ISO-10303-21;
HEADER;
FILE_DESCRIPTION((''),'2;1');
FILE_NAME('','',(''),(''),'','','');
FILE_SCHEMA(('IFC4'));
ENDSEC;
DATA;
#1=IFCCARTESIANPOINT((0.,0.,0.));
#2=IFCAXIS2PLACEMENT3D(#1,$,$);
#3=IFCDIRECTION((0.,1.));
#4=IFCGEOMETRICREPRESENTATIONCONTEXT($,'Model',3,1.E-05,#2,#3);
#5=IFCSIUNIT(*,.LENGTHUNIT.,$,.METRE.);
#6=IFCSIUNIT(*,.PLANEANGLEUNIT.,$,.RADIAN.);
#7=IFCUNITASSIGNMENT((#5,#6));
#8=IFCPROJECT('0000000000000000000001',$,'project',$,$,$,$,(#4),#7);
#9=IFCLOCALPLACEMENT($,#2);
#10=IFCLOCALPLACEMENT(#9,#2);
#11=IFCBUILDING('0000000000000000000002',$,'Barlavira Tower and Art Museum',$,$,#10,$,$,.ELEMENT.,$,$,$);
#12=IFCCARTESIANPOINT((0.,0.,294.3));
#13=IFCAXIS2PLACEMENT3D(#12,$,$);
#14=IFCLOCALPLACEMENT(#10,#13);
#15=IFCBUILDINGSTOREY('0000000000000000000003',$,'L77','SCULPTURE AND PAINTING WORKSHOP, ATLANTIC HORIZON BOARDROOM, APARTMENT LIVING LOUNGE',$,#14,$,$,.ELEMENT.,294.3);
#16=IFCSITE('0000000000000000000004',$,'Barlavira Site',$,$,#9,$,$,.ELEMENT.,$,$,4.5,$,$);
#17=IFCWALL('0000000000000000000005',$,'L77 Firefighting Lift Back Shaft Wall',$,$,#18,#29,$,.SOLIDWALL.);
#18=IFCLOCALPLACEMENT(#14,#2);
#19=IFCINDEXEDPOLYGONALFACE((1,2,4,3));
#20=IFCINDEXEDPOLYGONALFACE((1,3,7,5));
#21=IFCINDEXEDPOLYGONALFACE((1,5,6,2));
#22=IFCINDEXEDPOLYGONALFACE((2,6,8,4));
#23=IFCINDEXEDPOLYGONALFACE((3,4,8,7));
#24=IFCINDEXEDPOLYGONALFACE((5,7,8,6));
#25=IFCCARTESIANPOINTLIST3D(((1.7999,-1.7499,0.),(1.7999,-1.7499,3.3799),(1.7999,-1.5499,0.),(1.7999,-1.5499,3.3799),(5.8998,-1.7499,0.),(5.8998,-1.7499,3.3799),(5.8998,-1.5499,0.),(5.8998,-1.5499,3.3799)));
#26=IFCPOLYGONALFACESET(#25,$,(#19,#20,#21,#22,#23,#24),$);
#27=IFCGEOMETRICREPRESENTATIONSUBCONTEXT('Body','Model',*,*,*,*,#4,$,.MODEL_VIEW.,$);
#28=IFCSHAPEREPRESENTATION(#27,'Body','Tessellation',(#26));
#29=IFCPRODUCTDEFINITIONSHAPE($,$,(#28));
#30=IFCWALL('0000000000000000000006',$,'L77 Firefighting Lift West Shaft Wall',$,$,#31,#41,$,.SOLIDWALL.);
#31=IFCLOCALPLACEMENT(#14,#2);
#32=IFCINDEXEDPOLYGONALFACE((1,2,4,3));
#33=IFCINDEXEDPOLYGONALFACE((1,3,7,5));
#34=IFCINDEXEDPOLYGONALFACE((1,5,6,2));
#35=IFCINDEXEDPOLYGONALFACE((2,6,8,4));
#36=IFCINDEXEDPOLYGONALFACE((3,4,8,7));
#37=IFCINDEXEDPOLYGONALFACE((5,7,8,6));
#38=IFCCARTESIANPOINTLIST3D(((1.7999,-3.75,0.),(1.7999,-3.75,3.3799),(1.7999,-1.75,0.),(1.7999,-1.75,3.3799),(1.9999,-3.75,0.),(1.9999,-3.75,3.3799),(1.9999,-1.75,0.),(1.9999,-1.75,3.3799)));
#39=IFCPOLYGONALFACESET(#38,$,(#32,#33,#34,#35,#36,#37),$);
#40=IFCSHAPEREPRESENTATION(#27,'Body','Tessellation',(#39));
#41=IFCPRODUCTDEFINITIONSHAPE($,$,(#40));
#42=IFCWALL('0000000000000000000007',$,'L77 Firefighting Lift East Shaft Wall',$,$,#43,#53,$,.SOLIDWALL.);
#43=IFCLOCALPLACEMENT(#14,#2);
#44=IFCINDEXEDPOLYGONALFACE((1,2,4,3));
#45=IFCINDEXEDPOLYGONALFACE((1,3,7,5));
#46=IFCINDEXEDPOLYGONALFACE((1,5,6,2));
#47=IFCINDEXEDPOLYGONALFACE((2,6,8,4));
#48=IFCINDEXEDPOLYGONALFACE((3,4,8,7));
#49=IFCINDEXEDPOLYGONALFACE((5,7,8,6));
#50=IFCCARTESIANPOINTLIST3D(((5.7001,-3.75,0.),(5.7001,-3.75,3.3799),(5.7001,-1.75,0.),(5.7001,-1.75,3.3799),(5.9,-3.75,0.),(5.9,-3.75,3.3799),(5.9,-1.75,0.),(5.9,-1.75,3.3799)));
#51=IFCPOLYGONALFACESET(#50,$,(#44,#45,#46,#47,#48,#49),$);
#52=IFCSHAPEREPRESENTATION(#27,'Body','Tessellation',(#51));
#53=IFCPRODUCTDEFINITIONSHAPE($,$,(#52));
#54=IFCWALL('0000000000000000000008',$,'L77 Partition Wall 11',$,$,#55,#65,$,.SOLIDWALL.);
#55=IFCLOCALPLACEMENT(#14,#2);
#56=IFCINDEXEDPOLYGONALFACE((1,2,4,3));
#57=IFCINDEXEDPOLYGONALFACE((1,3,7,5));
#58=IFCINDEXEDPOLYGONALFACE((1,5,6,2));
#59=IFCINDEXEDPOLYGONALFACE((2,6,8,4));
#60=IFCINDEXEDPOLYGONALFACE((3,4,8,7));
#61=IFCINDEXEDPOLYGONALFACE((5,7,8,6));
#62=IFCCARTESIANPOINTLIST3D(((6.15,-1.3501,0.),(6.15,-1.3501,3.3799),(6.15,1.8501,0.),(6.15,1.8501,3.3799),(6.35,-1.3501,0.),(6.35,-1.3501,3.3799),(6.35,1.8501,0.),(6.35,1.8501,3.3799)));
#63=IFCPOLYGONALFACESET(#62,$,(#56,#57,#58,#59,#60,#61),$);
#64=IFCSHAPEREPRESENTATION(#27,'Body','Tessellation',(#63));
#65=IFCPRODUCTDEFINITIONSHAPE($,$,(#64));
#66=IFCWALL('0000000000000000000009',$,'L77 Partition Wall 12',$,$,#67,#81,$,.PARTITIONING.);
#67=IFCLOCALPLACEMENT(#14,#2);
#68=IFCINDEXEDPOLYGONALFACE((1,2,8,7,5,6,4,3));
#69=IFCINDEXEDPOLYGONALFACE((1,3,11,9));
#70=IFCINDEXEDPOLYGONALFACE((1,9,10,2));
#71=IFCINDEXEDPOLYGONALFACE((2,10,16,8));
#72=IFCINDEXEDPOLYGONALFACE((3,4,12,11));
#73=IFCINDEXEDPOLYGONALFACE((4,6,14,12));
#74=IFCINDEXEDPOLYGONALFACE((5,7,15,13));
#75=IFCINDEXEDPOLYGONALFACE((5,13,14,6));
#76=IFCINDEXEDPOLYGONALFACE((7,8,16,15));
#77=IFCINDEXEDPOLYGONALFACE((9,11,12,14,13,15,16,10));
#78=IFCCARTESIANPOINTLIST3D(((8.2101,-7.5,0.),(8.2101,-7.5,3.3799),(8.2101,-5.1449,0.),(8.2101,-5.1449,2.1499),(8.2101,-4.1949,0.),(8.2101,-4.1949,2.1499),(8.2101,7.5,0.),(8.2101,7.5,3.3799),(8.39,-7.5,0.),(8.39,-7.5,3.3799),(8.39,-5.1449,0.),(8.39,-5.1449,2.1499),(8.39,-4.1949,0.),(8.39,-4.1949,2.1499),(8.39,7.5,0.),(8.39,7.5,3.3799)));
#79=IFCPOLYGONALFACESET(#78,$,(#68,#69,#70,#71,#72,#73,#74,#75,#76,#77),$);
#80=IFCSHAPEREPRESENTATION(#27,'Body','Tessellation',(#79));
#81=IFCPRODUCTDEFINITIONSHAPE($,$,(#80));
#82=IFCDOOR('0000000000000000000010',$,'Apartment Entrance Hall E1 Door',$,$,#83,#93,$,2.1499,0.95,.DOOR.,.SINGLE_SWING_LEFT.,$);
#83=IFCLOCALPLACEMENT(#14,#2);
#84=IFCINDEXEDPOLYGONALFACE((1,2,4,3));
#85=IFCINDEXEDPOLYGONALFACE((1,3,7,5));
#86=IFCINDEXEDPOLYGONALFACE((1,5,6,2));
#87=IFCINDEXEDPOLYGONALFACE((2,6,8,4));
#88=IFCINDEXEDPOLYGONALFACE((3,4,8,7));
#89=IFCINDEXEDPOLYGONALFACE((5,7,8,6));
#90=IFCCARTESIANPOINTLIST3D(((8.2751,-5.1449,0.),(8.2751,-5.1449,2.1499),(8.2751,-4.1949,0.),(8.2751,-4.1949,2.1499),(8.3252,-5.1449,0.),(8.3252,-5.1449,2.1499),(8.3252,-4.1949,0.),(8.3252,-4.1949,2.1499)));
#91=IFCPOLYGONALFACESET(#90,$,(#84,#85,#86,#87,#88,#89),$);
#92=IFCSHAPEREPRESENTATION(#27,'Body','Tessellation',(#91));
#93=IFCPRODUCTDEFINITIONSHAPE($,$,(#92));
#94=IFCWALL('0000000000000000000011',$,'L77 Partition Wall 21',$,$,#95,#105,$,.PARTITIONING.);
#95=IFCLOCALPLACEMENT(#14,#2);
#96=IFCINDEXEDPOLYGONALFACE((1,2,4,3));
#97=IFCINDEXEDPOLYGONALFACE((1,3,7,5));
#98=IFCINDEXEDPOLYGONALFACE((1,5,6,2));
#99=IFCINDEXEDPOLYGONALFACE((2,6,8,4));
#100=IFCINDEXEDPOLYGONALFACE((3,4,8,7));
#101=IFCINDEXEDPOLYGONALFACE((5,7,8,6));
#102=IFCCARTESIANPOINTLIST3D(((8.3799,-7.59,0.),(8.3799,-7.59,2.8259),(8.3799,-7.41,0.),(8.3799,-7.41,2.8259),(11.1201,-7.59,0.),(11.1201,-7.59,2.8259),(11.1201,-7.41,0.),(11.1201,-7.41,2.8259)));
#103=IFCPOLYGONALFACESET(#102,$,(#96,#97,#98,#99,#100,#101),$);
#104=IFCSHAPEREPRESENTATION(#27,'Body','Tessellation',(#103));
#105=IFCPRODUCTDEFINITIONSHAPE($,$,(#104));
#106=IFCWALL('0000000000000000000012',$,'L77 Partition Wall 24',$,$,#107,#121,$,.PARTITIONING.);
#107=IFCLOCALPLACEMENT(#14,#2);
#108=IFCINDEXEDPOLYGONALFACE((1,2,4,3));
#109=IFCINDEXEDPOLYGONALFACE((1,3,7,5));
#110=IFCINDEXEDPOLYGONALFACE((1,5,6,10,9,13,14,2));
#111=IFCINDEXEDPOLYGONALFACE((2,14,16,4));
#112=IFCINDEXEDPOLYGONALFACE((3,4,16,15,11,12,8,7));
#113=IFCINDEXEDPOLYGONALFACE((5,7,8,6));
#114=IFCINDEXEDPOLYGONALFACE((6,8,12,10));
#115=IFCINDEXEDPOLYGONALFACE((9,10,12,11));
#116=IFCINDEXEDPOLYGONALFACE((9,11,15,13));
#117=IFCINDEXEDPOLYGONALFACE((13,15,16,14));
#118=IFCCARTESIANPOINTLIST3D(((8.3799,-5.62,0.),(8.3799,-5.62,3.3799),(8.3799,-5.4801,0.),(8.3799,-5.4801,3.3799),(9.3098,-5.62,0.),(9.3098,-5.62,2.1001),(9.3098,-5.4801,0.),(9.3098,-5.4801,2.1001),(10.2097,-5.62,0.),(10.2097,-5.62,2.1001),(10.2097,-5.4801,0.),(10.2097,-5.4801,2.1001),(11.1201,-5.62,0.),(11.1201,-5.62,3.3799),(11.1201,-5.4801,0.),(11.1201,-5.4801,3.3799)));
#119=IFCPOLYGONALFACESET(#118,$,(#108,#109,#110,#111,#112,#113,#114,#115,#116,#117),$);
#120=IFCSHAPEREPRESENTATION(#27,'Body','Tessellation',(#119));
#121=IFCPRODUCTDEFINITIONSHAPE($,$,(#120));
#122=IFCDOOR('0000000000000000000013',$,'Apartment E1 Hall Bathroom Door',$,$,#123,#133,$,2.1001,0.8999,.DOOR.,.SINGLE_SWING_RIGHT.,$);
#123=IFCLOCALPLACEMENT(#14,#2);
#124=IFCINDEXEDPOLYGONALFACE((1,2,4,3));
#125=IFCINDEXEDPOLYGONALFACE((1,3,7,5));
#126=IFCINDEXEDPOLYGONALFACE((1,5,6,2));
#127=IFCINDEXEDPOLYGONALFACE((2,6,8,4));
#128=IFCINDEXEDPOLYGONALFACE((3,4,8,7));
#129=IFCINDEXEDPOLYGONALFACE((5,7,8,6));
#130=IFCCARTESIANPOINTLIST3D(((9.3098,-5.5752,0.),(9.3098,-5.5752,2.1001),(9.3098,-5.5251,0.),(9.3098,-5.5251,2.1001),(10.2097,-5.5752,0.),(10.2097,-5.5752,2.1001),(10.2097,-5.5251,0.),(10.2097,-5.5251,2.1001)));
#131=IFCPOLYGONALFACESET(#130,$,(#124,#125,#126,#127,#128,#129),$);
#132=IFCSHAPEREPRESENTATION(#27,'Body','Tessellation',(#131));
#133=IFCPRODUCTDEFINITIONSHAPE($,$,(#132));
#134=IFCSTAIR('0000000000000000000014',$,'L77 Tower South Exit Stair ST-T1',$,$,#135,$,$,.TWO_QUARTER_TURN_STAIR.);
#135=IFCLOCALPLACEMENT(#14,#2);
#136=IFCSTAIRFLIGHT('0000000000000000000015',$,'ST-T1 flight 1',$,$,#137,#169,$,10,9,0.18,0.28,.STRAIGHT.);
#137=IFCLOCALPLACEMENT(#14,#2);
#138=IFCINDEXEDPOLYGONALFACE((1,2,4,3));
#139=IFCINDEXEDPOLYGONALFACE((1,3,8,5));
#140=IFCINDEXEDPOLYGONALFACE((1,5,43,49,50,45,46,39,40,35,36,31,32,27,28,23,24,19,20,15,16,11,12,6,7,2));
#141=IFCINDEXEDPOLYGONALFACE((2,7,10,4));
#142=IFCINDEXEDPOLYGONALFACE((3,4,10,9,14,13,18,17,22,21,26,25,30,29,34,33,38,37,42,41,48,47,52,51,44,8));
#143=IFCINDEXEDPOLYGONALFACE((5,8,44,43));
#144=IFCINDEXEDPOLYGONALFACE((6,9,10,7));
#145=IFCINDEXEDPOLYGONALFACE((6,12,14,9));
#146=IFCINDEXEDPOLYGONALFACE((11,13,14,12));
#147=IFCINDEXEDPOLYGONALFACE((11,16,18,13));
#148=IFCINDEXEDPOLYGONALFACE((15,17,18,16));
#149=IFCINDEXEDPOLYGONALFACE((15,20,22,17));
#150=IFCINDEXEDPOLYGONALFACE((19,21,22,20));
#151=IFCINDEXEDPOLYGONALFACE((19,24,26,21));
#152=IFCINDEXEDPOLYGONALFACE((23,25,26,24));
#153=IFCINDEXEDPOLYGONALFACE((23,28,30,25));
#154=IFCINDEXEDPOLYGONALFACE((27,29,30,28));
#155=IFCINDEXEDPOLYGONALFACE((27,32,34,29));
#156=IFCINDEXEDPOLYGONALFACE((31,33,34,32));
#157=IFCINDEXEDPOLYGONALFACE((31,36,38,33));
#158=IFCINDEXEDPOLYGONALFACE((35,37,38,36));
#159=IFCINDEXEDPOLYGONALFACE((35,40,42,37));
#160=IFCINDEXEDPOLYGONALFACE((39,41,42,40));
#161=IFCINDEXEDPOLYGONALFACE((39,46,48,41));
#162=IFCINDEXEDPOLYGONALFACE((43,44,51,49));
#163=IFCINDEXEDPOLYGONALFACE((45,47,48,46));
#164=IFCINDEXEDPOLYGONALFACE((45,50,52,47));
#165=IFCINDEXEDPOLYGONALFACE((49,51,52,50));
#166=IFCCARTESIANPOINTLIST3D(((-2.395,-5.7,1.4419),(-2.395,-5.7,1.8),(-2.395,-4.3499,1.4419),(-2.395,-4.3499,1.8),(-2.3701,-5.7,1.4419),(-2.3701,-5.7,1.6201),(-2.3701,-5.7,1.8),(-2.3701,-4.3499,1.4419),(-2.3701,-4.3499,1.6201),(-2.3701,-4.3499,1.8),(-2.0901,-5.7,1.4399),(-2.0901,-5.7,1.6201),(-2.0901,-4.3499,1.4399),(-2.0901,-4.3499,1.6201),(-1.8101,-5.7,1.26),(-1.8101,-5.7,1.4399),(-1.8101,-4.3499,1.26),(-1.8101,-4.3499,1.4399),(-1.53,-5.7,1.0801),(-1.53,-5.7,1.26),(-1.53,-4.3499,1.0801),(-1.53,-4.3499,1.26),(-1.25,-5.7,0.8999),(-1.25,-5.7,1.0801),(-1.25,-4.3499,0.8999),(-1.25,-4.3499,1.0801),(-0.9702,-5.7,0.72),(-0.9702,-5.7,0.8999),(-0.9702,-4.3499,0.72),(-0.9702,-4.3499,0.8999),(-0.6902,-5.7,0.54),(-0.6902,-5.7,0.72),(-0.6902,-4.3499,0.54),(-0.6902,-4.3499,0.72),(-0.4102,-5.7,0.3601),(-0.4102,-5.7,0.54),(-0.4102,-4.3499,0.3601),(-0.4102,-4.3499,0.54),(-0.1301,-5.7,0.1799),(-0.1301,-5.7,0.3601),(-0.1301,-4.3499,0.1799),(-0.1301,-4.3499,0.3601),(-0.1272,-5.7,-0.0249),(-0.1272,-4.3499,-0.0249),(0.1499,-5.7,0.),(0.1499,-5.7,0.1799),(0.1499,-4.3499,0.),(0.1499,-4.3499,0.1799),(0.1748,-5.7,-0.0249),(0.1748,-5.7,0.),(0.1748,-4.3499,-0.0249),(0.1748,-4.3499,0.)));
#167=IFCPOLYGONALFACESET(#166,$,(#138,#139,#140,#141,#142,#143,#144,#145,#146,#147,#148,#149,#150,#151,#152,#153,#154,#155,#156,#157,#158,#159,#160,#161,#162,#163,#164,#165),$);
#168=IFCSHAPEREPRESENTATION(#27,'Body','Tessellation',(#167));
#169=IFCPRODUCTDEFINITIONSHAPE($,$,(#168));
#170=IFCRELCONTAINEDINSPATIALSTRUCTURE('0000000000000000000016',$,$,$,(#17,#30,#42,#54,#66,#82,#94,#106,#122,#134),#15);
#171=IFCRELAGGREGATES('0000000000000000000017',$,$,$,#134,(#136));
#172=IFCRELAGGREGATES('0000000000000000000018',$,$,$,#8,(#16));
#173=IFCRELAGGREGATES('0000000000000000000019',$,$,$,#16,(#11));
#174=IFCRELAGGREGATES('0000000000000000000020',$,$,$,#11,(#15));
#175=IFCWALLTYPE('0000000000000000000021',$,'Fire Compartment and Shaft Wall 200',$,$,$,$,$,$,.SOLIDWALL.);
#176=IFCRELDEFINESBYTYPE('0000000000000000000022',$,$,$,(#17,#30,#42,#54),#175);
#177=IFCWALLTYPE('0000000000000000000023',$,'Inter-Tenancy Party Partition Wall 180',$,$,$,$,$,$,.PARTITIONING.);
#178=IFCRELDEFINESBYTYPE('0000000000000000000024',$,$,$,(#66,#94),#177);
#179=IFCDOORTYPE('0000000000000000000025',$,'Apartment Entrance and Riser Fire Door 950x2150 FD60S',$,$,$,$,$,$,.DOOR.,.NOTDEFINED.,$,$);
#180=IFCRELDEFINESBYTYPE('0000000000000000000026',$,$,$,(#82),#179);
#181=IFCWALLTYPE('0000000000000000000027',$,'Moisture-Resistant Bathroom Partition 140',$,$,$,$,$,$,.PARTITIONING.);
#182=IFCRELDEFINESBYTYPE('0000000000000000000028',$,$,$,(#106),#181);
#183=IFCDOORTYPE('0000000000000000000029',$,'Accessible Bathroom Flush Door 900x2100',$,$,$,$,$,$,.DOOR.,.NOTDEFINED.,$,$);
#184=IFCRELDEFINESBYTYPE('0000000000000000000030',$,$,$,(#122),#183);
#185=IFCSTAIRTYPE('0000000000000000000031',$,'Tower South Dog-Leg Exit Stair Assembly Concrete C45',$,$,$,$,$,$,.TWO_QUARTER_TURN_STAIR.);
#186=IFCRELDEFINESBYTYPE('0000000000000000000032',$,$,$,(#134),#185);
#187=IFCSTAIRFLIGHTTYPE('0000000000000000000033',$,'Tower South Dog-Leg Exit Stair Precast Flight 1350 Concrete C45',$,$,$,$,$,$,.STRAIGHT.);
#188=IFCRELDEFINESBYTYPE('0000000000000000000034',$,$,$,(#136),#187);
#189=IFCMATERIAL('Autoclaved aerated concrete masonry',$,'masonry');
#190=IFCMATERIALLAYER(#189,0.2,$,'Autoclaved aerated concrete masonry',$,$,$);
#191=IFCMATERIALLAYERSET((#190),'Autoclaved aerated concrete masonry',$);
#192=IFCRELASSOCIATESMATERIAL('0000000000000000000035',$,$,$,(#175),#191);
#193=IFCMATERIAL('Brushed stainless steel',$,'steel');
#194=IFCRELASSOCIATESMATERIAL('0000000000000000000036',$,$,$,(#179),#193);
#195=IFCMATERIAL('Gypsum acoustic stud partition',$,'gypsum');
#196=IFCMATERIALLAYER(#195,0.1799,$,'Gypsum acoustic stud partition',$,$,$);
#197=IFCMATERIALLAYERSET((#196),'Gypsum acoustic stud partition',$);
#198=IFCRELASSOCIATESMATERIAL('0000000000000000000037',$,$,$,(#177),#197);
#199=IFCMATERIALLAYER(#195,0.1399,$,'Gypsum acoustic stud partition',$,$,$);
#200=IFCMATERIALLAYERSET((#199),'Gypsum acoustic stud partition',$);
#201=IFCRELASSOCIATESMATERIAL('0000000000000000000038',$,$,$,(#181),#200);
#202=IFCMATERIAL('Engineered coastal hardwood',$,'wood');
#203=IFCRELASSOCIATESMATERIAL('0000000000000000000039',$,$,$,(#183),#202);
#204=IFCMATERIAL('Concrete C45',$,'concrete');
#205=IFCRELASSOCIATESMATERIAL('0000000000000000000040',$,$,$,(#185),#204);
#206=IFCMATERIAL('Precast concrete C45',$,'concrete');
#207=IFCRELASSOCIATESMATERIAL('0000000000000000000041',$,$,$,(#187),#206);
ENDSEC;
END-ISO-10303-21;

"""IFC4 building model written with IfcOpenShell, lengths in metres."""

from ifc_helpers import new_model, si_unit, direction, frame, frame_2d, origin, place, context, subcontext, project, spatial, polyline, rectangle, outline, extrude, material, layer, layer_set, type_object, element, fill, aggregate, save


model = new_model("IFC4")

# Units and contexts
model_context = context("Model", 3, precision=1e-05, world=origin(), true_north=direction((0.0, 1.0)))
body_context = subcontext(model_context, "Body", "Model", "MODEL_VIEW")
ifc_project = project(units=[si_unit("LENGTHUNIT", "METRE"), si_unit("PLANEANGLEUNIT", "RADIAN")], contexts=[model_context])

# Site, building, storey
site_placement = place(None, origin())
site = spatial("IfcSite", under=ifc_project, at=site_placement, Name="Barlavira Site", CompositionType="ELEMENT", RefElevation=4.5)
building_placement = place(site_placement, origin())
building = spatial("IfcBuilding", under=site, at=building_placement, Name="Barlavira Tower and Art Museum", CompositionType="ELEMENT")
storey_placement = place(building_placement, frame((0.0, 0.0, 294.3)))
storey = spatial("IfcBuildingStorey", under=building, at=storey_placement, Name="L77", Description="SCULPTURE AND PAINTING WORKSHOP, ATLANTIC HORIZON BOARDROOM, APARTMENT LIVING LOUNGE", CompositionType="ELEMENT", Elevation=294.3)

# Shared definitions
ifc_material_1 = material(Name="Brushed stainless steel", Category="steel")

# Shared definitions
ifc_material_2 = material(Name="Autoclaved aerated concrete masonry", Category="masonry")
ifc_layer_1 = layer(ifc_material_2, 0.2, Name="Autoclaved aerated concrete masonry")
ifc_layer_set_1 = layer_set([ifc_layer_1], Name="Autoclaved aerated concrete masonry")
wall_type_1 = type_object("IfcWallType", Name="Fire Compartment and Shaft Wall 200", PredefinedType="SOLIDWALL", material=ifc_layer_set_1)

# Walls
wall_1_placement = place(storey_placement, frame((1.8, -1.6499, 0.0), z_axis=(0.0, 0.0, 1.0), x_axis=(1.0, 0.0, 0.0)))
element("IfcWall", 1, at=wall_1_placement, inside=storey, type_object=wall_type_1, Name="L77 Firefighting Lift Back Shaft Wall", PredefinedType="SOLIDWALL", context=body_context, shape_type="SweptSolid", body=[
    extrude(rectangle(XDim=4.0999, YDim=0.2, at=frame_2d((2.0498, 0.0))), origin(), (0.0, 0.0, 1.0), 3.3799),
])
for number, where, z_axis, x_axis, name in (
    (2, (1.8999, -3.75, 0.0), (0.0, 0.0, 1.0), (0.0, 1.0, 0.0), "L77 Firefighting Lift West Shaft Wall"),
    (3, (5.8, -3.75, 0.0), (0.0, 0.0, 1.0), (0.0, 1.0, 0.0), "L77 Firefighting Lift East Shaft Wall"),
):
    element("IfcWall", number, at=place(storey_placement, frame(where, z_axis=z_axis, x_axis=x_axis)), inside=storey, type_object=wall_type_1, Name=name, PredefinedType="SOLIDWALL", context=body_context, shape_type="SweptSolid", body=[
        extrude(rectangle(XDim=2.0, YDim=0.2, at=frame_2d((1.0, 0.0))), origin(), (0.0, 0.0, 1.0), 3.3799),
    ])

# Shared definitions
door_type_1 = type_object("IfcDoorType", Name="Apartment Entrance and Riser Fire Door 950x2150 FD60S", OperationType="NOTDEFINED", PredefinedType="DOOR", material=ifc_material_1)

# Wall
wall_2_placement = place(storey_placement, frame((6.25, -1.3501, 0.0), z_axis=(0.0, 0.0, 1.0), x_axis=(0.0, 1.0, 0.0)))
element("IfcWall", 4, at=wall_2_placement, inside=storey, type_object=wall_type_1, Name="L77 Partition Wall 11", PredefinedType="SOLIDWALL", context=body_context, shape_type="SweptSolid", body=[
    extrude(rectangle(XDim=3.2002, YDim=0.2, at=frame_2d((1.6001, 0.0))), origin(), (0.0, 0.0, 1.0), 3.3799),
])

# Wall, opening, door
ifc_material_3 = material(Name="Gypsum acoustic stud partition", Category="gypsum")
ifc_layer_2 = layer(ifc_material_3, 0.1799, Name="Gypsum acoustic stud partition")
ifc_layer_set_2 = layer_set([ifc_layer_2], Name="Gypsum acoustic stud partition")
wall_type_2 = type_object("IfcWallType", Name="Inter-Tenancy Party Partition Wall 180", PredefinedType="PARTITIONING", material=ifc_layer_set_2)
wall_3_placement = place(storey_placement, frame((8.3, -7.5, 0.0), z_axis=(0.0, 0.0, 1.0), x_axis=(0.0, 1.0, 0.0)))
wall_3 = element("IfcWall", 5, at=wall_3_placement, inside=storey, type_object=wall_type_2, Name="L77 Partition Wall 12", PredefinedType="PARTITIONING", context=body_context, shape_type="SweptSolid", body=[
    extrude(rectangle(XDim=15.0, YDim=0.1799, at=frame_2d((7.5, 0.0))), origin(), (0.0, 0.0, 1.0), 3.3799),
])
opening_1_placement = place(wall_3_placement, frame((2.355, 0.0, 0.0)))
opening_1 = element("IfcOpeningElement", 6, at=opening_1_placement, cuts=wall_3, PredefinedType="OPENING", context=body_context, shape_type="SweptSolid", body=[
    extrude(rectangle(XDim=0.95, YDim=2.1499, at=frame_2d((0.4751, 1.075))), frame((0.0, 0.1001, 0.0), z_axis=(0.0, -1.0, 0.0), x_axis=(1.0, 0.0, 0.0)), (0.0, 0.0, 1.0), 0.2),
])
door_1_placement = place(opening_1_placement, origin())
door_1 = element("IfcDoor", 7, at=door_1_placement, inside=storey, type_object=door_type_1, Name="Apartment Entrance Hall E1 Door", OperationType="SINGLE_SWING_LEFT", OverallHeight=2.1499, OverallWidth=0.95, PredefinedType="DOOR", context=body_context, shape_type="SweptSolid", body=[
    extrude(rectangle(XDim=0.95, YDim=2.1499, at=frame_2d((0.4751, 1.075))), frame((0.0, 0.0249, 0.0), z_axis=(0.0, -1.0, 0.0), x_axis=(1.0, 0.0, 0.0)), (0.0, 0.0, 1.0), 0.05),
])
fill(opening_1, door_1)

# Wall
wall_4_placement = place(storey_placement, frame((8.3799, -7.5, 0.0), z_axis=(0.0, 0.0, 1.0), x_axis=(1.0, 0.0, 0.0)))
element("IfcWall", 8, at=wall_4_placement, inside=storey, type_object=wall_type_2, Name="L77 Partition Wall 21", PredefinedType="PARTITIONING", context=body_context, shape_type="SweptSolid", body=[
    extrude(rectangle(XDim=2.7402, YDim=0.1799, at=frame_2d((1.3701, 0.0))), origin(), (0.0, 0.0, 1.0), 2.8259),
])

# Wall, opening, door
ifc_layer_3 = layer(ifc_material_3, 0.1399, Name="Gypsum acoustic stud partition")
ifc_layer_set_3 = layer_set([ifc_layer_3], Name="Gypsum acoustic stud partition")
wall_type_3 = type_object("IfcWallType", Name="Moisture-Resistant Bathroom Partition 140", PredefinedType="PARTITIONING", material=ifc_layer_set_3)
wall_5_placement = place(storey_placement, frame((8.3799, -5.55, 0.0), z_axis=(0.0, 0.0, 1.0), x_axis=(1.0, 0.0, 0.0)))
wall_5 = element("IfcWall", 9, at=wall_5_placement, inside=storey, type_object=wall_type_3, Name="L77 Partition Wall 24", PredefinedType="PARTITIONING", context=body_context, shape_type="SweptSolid", body=[
    extrude(rectangle(XDim=2.7402, YDim=0.1399, at=frame_2d((1.3701, 0.0))), origin(), (0.0, 0.0, 1.0), 3.3799),
])
opening_2_placement = place(wall_5_placement, frame((0.9299, 0.0, 0.0)))
opening_2 = element("IfcOpeningElement", 10, at=opening_2_placement, cuts=wall_5, PredefinedType="OPENING", context=body_context, shape_type="SweptSolid", body=[
    extrude(rectangle(XDim=0.8999, YDim=2.1001, at=frame_2d((0.45, 1.05))), frame((0.0, 0.0801, 0.0), z_axis=(0.0, -1.0, 0.0), x_axis=(1.0, 0.0, 0.0)), (0.0, 0.0, 1.0), 0.1599),
])
ifc_material_4 = material(Name="Engineered coastal hardwood", Category="wood")
door_type_2 = type_object("IfcDoorType", Name="Accessible Bathroom Flush Door 900x2100", OperationType="NOTDEFINED", PredefinedType="DOOR", material=ifc_material_4)
door_2_placement = place(opening_2_placement, origin())
door_2 = element("IfcDoor", 11, at=door_2_placement, inside=storey, type_object=door_type_2, Name="Apartment E1 Hall Bathroom Door", OperationType="SINGLE_SWING_RIGHT", OverallHeight=2.1001, OverallWidth=0.8999, PredefinedType="DOOR", context=body_context, shape_type="SweptSolid", body=[
    extrude(rectangle(XDim=0.8999, YDim=2.1001, at=frame_2d((0.45, 1.05))), frame((0.0, 0.0249, 0.0), z_axis=(0.0, -1.0, 0.0), x_axis=(1.0, 0.0, 0.0)), (0.0, 0.0, 1.0), 0.05),
])
fill(opening_2, door_2)

# Stair, stair flight
ifc_material_5 = material(Name="Concrete C45", Category="concrete")
stair_type = type_object("IfcStairType", Name="Tower South Dog-Leg Exit Stair Assembly Concrete C45", PredefinedType="TWO_QUARTER_TURN_STAIR", material=ifc_material_5)
stair_placement = place(storey_placement, origin())
stair = element("IfcStair", 12, at=stair_placement, inside=storey, type_object=stair_type, Name="L77 Tower South Exit Stair ST-T1", PredefinedType="TWO_QUARTER_TURN_STAIR")
ifc_material_6 = material(Name="Precast concrete C45", Category="concrete")
stair_flight_type = type_object("IfcStairFlightType", Name="Tower South Dog-Leg Exit Stair Precast Flight 1350 Concrete C45", PredefinedType="STRAIGHT", material=ifc_material_6)
stair_flight_placement = place(storey_placement, frame((0.1499, -5.0249, 0.0), z_axis=(0.0, 0.0, 1.0), x_axis=(-1.0, 0.0, 0.0)))
stair_flight = element("IfcStairFlight", 13, at=stair_flight_placement, type_object=stair_flight_type, Name="ST-T1 flight 1", NumberOfRisers=10, NumberOfTreads=9, PredefinedType="STRAIGHT", RiserHeight=0.18, TreadLength=0.28, context=body_context, shape_type="SweptSolid", body=[
    extrude(outline(polyline([(-0.0249, 0.0), (0.0, 0.0), (0.0, 0.1799), (0.28, 0.1799), (0.28, 0.3601), (0.5601, 0.3601), (0.5601, 0.54), (0.8401, 0.54), (0.8401, 0.72), (1.1201, 0.72), (1.1201, 0.8999), (1.3999, 0.8999), (1.3999, 1.0801), (1.6799, 1.0801), (1.6799, 1.26), (1.96, 1.26), (1.96, 1.4399), (2.24, 1.4399), (2.24, 1.6201), (2.52, 1.6201), (2.52, 1.8), (2.5449, 1.8), (2.5449, 1.4419), (2.52, 1.4419), (0.2771, -0.0249), (-0.0249, -0.0249), (-0.0249, 0.0)])), frame((0.0, 0.675, 0.0), z_axis=(0.0, -1.0, 0.0), x_axis=(1.0, 0.0, 0.0)), (0.0, 0.0, 1.0), 1.3501),
])
aggregate(stair, [stair_flight])

save(model, "model.ifc")
